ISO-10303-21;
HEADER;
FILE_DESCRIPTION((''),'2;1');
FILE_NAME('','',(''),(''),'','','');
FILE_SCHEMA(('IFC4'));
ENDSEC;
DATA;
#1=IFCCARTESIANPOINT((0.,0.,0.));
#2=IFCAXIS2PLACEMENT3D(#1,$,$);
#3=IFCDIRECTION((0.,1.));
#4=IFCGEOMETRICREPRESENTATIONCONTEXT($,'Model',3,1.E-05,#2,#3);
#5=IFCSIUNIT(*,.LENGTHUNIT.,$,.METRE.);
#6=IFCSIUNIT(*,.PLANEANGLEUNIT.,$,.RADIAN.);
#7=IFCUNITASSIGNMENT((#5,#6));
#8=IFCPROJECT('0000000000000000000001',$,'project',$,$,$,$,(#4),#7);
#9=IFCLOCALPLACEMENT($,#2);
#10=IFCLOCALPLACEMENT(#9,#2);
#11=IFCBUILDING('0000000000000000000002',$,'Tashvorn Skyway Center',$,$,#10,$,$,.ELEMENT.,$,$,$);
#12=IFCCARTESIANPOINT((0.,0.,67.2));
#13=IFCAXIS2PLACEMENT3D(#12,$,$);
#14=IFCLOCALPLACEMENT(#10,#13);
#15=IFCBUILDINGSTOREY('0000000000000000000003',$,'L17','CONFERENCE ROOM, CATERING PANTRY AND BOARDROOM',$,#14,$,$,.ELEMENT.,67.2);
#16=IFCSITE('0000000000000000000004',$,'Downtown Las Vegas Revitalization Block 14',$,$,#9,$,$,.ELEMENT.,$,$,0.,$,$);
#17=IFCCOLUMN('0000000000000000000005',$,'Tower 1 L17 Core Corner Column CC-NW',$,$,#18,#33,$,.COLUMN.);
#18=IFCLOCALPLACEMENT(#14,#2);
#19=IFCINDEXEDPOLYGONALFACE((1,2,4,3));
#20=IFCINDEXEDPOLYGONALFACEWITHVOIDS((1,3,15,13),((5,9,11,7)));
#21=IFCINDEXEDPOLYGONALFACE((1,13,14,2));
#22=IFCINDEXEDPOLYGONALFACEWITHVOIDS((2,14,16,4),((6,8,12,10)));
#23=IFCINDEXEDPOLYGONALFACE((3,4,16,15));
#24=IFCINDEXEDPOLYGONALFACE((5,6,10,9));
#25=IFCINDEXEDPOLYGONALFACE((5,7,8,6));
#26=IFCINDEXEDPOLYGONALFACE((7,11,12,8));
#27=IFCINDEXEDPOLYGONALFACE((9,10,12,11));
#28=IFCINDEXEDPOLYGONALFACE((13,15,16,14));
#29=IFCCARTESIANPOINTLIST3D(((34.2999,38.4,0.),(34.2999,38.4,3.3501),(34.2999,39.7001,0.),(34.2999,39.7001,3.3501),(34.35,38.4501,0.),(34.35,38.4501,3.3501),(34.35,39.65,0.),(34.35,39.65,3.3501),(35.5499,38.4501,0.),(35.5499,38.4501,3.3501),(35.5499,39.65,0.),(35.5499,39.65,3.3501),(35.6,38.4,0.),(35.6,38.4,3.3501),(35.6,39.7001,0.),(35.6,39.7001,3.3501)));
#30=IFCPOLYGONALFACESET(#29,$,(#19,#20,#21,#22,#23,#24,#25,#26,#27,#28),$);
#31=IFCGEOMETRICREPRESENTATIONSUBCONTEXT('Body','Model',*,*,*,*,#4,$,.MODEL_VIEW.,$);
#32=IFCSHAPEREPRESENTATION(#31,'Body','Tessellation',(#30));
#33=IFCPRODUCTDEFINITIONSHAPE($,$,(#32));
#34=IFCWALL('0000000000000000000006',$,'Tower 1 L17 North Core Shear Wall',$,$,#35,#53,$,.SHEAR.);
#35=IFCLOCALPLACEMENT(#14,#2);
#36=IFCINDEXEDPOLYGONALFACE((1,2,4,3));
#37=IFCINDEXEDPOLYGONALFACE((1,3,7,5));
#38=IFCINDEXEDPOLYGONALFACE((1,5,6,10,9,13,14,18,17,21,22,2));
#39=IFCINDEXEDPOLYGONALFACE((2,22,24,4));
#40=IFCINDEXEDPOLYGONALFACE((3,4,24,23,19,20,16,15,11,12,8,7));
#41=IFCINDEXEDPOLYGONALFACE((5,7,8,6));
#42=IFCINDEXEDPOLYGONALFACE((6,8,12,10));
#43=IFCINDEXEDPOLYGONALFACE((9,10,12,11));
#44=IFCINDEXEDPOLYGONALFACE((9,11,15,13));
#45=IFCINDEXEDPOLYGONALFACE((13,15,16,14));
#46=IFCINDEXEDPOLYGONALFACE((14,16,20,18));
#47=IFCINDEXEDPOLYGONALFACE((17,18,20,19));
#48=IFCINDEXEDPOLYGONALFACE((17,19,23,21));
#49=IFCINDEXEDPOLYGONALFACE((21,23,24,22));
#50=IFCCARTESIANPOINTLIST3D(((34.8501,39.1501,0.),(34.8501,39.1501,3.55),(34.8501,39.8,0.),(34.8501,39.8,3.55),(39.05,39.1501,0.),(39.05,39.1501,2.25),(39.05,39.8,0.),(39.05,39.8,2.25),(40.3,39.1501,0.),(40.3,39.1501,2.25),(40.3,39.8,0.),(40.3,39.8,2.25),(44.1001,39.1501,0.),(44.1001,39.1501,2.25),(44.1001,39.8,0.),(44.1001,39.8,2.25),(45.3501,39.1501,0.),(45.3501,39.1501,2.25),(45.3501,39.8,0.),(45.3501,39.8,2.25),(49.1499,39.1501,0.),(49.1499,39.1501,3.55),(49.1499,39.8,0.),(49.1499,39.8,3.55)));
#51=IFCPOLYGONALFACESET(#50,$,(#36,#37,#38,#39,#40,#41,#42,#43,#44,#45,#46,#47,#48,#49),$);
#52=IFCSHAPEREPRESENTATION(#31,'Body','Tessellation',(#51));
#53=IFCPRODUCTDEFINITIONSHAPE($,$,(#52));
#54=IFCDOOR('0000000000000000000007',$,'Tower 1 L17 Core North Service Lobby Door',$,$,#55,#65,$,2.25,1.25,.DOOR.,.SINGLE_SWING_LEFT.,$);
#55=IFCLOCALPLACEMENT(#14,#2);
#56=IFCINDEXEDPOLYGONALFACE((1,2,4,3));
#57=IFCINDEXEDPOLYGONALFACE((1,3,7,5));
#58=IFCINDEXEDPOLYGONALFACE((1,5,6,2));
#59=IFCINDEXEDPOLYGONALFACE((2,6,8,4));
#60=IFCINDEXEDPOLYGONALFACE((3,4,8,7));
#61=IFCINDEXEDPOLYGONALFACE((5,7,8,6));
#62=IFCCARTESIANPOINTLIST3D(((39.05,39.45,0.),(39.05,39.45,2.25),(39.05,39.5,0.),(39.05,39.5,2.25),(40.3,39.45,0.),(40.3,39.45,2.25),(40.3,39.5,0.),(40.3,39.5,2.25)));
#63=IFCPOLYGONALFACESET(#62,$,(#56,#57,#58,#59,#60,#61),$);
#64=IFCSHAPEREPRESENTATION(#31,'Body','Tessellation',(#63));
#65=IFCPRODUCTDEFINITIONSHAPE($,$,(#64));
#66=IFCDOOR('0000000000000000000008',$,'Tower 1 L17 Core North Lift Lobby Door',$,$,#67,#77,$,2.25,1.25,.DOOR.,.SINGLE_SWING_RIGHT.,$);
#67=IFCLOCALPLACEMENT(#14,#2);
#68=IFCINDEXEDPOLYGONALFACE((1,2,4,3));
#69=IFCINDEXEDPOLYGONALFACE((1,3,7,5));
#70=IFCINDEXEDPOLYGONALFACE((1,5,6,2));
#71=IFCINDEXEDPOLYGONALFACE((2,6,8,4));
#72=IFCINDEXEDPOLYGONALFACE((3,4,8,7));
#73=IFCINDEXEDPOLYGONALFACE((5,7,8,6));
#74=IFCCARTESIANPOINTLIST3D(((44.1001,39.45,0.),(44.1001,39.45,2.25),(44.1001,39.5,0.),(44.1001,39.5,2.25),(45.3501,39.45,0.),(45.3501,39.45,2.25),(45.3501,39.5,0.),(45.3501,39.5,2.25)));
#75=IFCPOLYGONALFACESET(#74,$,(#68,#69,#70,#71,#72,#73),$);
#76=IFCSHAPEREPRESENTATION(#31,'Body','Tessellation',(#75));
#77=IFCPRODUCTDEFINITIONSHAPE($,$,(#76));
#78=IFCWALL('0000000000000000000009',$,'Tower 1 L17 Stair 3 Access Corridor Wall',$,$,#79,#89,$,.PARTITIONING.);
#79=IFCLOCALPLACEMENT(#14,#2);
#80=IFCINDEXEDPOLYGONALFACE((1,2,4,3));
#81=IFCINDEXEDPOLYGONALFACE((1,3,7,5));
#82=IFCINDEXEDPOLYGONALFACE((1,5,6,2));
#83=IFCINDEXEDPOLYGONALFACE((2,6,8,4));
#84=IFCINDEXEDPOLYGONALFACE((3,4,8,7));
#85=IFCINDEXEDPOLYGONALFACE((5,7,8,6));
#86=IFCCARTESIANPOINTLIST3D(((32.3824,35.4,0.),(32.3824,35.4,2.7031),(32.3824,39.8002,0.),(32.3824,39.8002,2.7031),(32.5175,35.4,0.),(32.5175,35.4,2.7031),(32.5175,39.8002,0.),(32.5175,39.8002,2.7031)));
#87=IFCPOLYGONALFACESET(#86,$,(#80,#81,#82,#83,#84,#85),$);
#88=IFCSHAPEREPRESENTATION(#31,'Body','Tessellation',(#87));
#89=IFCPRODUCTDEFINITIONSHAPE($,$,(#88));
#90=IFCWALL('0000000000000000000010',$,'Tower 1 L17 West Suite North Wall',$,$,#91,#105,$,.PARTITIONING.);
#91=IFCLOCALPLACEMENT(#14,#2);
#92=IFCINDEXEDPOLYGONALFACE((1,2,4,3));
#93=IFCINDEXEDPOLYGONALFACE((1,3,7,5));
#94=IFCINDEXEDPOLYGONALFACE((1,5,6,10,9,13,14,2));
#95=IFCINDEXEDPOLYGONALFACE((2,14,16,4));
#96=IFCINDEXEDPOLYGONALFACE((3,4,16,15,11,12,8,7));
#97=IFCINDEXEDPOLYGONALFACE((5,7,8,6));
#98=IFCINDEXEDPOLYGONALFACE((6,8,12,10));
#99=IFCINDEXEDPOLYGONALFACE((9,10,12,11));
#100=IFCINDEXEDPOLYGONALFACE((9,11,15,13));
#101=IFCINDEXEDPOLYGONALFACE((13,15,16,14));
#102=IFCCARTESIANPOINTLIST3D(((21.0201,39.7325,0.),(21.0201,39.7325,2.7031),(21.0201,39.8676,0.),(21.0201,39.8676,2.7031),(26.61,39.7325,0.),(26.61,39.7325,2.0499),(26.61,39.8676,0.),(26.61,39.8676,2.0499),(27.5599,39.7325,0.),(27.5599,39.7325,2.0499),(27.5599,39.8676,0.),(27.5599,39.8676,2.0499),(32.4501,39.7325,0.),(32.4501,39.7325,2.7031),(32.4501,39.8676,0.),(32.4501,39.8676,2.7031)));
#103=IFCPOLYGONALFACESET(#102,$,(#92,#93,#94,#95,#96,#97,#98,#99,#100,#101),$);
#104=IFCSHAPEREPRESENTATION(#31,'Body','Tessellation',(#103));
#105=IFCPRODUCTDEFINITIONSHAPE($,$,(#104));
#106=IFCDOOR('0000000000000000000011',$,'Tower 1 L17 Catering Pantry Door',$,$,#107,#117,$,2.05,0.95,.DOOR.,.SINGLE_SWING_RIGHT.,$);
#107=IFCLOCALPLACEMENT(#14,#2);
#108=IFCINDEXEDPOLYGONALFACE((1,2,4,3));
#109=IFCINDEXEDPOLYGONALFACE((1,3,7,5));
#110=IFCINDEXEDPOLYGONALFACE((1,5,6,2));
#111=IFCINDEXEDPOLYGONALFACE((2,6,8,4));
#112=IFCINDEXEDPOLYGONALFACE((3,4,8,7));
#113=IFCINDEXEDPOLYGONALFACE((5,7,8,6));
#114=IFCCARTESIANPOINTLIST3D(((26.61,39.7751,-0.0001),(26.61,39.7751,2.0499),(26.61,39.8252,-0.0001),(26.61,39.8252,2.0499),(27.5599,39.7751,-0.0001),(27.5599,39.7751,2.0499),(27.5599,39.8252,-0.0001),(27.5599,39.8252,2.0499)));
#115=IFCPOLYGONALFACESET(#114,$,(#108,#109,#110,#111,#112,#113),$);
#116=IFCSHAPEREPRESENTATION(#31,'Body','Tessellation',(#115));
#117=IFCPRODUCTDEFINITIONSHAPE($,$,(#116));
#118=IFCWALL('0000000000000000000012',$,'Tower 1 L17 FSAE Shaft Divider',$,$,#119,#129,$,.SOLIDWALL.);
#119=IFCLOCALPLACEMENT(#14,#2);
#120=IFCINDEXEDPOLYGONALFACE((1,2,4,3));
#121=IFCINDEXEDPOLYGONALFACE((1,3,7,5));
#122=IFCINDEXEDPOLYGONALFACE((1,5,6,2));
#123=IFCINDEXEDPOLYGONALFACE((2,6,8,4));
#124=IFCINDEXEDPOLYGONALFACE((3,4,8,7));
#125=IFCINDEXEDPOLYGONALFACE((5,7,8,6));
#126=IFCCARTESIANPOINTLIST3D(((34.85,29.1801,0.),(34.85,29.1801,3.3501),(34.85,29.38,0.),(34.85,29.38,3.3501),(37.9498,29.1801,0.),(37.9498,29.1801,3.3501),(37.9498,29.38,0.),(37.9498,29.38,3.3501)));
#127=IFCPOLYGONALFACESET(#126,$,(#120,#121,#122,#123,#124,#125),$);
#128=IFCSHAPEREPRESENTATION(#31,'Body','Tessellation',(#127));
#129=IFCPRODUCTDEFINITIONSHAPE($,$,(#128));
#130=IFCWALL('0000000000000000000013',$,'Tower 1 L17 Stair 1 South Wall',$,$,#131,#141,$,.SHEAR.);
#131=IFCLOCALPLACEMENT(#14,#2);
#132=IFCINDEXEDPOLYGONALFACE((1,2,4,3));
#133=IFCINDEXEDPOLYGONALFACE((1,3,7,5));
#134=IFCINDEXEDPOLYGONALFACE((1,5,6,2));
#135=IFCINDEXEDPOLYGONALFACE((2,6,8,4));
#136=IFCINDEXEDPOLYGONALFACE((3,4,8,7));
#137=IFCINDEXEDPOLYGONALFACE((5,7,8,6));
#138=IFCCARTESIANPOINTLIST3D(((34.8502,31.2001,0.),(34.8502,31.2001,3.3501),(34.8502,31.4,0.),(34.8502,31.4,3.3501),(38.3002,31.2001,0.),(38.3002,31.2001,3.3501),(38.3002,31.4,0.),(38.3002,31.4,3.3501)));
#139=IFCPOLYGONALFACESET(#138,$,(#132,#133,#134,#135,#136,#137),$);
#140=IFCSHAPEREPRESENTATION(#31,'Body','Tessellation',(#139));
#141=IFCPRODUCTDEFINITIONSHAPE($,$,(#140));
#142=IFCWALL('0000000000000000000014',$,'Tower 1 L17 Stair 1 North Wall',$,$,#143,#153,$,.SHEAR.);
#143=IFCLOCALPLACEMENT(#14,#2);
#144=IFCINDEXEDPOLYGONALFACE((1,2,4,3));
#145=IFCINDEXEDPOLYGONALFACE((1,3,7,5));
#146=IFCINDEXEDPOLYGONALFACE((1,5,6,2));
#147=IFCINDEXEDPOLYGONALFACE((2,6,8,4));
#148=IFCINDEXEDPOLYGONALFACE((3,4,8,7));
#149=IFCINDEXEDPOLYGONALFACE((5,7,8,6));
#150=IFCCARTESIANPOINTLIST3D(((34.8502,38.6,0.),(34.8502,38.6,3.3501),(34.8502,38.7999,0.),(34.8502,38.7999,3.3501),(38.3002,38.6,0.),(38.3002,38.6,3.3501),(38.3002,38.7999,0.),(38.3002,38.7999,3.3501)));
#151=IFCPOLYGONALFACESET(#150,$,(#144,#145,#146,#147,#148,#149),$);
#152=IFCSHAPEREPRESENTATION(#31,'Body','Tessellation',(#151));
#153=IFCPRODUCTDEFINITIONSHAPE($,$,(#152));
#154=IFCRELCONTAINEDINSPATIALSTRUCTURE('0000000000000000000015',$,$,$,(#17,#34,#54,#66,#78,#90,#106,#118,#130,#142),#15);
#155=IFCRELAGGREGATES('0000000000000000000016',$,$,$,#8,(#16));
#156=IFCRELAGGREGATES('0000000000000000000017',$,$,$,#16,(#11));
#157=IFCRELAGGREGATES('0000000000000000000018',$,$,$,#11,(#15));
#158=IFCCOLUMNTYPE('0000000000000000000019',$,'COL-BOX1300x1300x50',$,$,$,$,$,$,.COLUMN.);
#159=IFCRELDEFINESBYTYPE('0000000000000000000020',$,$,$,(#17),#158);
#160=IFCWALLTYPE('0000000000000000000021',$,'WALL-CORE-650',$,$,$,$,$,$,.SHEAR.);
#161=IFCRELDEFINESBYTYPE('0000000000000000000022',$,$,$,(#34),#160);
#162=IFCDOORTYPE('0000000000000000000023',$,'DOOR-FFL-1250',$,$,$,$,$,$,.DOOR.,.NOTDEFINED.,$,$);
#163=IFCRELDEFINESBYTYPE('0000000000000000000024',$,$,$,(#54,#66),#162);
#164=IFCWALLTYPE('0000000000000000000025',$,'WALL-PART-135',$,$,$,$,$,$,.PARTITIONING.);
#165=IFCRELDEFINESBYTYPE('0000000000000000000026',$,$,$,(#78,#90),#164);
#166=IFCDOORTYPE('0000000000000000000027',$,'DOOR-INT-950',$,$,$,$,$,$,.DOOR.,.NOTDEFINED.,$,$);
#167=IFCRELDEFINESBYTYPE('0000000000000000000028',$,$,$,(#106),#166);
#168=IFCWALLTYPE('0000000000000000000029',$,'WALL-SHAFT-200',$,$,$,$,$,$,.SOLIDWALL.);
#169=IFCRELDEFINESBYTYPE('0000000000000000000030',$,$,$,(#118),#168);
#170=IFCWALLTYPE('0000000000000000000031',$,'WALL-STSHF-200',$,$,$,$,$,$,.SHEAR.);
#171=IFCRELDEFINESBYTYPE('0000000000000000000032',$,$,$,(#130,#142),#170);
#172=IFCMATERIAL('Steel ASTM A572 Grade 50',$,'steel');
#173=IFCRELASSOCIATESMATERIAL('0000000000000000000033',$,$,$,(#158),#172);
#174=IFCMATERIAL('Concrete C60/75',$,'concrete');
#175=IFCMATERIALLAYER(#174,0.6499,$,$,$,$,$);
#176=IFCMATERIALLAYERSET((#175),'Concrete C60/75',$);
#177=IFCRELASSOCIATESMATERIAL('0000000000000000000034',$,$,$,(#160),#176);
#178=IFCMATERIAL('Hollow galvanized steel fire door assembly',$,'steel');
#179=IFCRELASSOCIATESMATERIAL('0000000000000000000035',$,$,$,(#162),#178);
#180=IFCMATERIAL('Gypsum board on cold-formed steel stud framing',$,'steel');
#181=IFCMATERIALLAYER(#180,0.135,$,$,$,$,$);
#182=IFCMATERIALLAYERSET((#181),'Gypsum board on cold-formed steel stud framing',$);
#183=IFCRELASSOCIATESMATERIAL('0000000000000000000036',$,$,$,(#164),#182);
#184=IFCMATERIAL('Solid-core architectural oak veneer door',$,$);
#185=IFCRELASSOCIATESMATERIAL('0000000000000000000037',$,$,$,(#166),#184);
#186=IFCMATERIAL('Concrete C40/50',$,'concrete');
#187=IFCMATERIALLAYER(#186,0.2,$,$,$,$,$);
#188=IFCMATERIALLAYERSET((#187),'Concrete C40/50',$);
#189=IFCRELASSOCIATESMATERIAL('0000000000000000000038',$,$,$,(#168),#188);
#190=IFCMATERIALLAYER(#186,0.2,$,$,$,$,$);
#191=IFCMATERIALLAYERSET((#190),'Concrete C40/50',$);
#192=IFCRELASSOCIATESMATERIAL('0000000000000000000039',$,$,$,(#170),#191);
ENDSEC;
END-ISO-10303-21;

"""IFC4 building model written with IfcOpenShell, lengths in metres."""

from ifc_helpers import new_model, si_unit, direction, frame, frame_2d, origin, origin_2d, place, context, subcontext, project, spatial, rectangle, hollow_rectangle, extrude, material, layer, layer_set, material_profile, profile_set, type_object, element, fill, save


model = new_model("IFC4")

# Units and contexts
model_context = context("Model", 3, precision=1e-05, world=origin(), true_north=direction((0.0, 1.0)))
body_context = subcontext(model_context, "Body", "Model", "MODEL_VIEW")
ifc_project = project(units=[si_unit("LENGTHUNIT", "METRE"), si_unit("PLANEANGLEUNIT", "RADIAN")], contexts=[model_context])

# Site, building, storey
site_placement = place(None, origin())
site = spatial("IfcSite", under=ifc_project, at=site_placement, Name="Downtown Las Vegas Revitalization Block 14", CompositionType="ELEMENT", RefElevation=0.0)
building_placement = place(site_placement, origin())
building = spatial("IfcBuilding", under=site, at=building_placement, Name="Tashvorn Skyway Center", CompositionType="ELEMENT")
storey_placement = place(building_placement, frame((0.0, 0.0, 67.2)))
storey = spatial("IfcBuildingStorey", under=building, at=storey_placement, Name="L17", Description="CONFERENCE ROOM, CATERING PANTRY AND BOARDROOM", CompositionType="ELEMENT", Elevation=67.2)

# Column
ifc_material_1 = material(Name="Steel ASTM A572 Grade 50", Category="steel")
ifc_material_profile = material_profile(ifc_material_1, hollow_rectangle(XDim=1.3, YDim=1.3, WallThickness=0.05, at=origin_2d()), Name="BOX1300x1300x50")
ifc_profile_set = profile_set([ifc_material_profile], Name="Steel ASTM A572 Grade 50")
column_type = type_object("IfcColumnType", Name="COL-BOX1300x1300x50", PredefinedType="COLUMN", material=ifc_profile_set)
column_placement = place(storey_placement, frame((34.95, 39.05, 0.0), z_axis=(0.0, 0.0, 1.0), x_axis=(1.0, 0.0, 0.0)))
element("IfcColumn", 1, at=column_placement, inside=storey, type_object=column_type, Name="Tower 1 L17 Core Corner Column CC-NW", PredefinedType="COLUMN", context=body_context, shape_type="SweptSolid", body=[
    extrude(hollow_rectangle(XDim=1.3, YDim=1.3, WallThickness=0.05, at=origin_2d()), origin(), (0.0, 0.0, 1.0), 3.3501),
])

# Wall, openings, doors
ifc_material_2 = material(Name="Concrete C60/75", Category="concrete")
ifc_layer_1 = layer(ifc_material_2, 0.6499)
ifc_layer_set_1 = layer_set([ifc_layer_1], Name="Concrete C60/75")
wall_type_1 = type_object("IfcWallType", Name="WALL-CORE-650", PredefinedType="SHEAR", material=ifc_layer_set_1)
wall_1_placement = place(storey_placement, frame((34.8501, 39.4751, 0.0), z_axis=(0.0, 0.0, 1.0), x_axis=(1.0, 0.0, 0.0)))
wall_1 = element("IfcWall", 2, at=wall_1_placement, inside=storey, type_object=wall_type_1, Name="Tower 1 L17 North Core Shear Wall", PredefinedType="SHEAR", context=body_context, shape_type="SweptSolid", body=[
    extrude(rectangle(XDim=14.2998, YDim=0.6499, at=frame_2d((7.1499, 0.0))), origin(), (0.0, 0.0, 1.0), 3.55),
])
opening_1_placement = place(wall_1_placement, frame((4.2, 0.0, 0.0)))
opening_1 = element("IfcOpeningElement", 3, at=opening_1_placement, cuts=wall_1, PredefinedType="OPENING", context=body_context, shape_type="SweptSolid", body=[
    extrude(rectangle(XDim=1.25, YDim=2.25, at=frame_2d((0.625, 1.125))), frame((0.0, 0.335, 0.0), z_axis=(0.0, -1.0, 0.0), x_axis=(1.0, 0.0, 0.0)), (0.0, 0.0, 1.0), 0.6699),
])
opening_2_placement = place(wall_1_placement, frame((9.25, 0.0, 0.0)))
opening_2 = element("IfcOpeningElement", 4, at=opening_2_placement, cuts=wall_1, PredefinedType="OPENING", context=body_context, shape_type="SweptSolid", body=[
    extrude(rectangle(XDim=1.25, YDim=2.25, at=frame_2d((0.625, 1.125))), frame((0.0, 0.335, 0.0), z_axis=(0.0, -1.0, 0.0), x_axis=(1.0, 0.0, 0.0)), (0.0, 0.0, 1.0), 0.6699),
])
ifc_material_3 = material(Name="Hollow galvanized steel fire door assembly", Category="steel")
door_type_1 = type_object("IfcDoorType", Name="DOOR-FFL-1250", OperationType="NOTDEFINED", PredefinedType="DOOR", material=ifc_material_3)
door_1_placement = place(opening_1_placement, origin())
door_1 = element("IfcDoor", 5, at=door_1_placement, inside=storey, type_object=door_type_1, Name="Tower 1 L17 Core North Service Lobby Door", OperationType="SINGLE_SWING_LEFT", OverallHeight=2.25, OverallWidth=1.25, PredefinedType="DOOR", context=body_context, shape_type="SweptSolid", body=[
    extrude(rectangle(XDim=1.25, YDim=2.25, at=frame_2d((0.625, 1.125))), frame((0.0, 0.0249, 0.0), z_axis=(0.0, -1.0, 0.0), x_axis=(1.0, 0.0, 0.0)), (0.0, 0.0, 1.0), 0.05),
])
fill(opening_1, door_1)
door_2_placement = place(opening_2_placement, origin())
door_2 = element("IfcDoor", 6, at=door_2_placement, inside=storey, type_object=door_type_1, Name="Tower 1 L17 Core North Lift Lobby Door", OperationType="SINGLE_SWING_RIGHT", OverallHeight=2.25, OverallWidth=1.25, PredefinedType="DOOR", context=body_context, shape_type="SweptSolid", body=[
    extrude(rectangle(XDim=1.25, YDim=2.25, at=frame_2d((0.625, 1.125))), frame((0.0, 0.0249, 0.0), z_axis=(0.0, -1.0, 0.0), x_axis=(1.0, 0.0, 0.0)), (0.0, 0.0, 1.0), 0.05),
])
fill(opening_2, door_2)

# Wall
ifc_material_4 = material(Name="Gypsum board on cold-formed steel stud framing", Category="steel")
ifc_layer_2 = layer(ifc_material_4, 0.135)
ifc_layer_set_2 = layer_set([ifc_layer_2], Name="Gypsum board on cold-formed steel stud framing")
wall_type_2 = type_object("IfcWallType", Name="WALL-PART-135", PredefinedType="PARTITIONING", material=ifc_layer_set_2)
wall_2_placement = place(storey_placement, frame((32.45, 35.3999, 0.0), z_axis=(0.0, 0.0, 1.0), x_axis=(0.0, 1.0, 0.0)))
element("IfcWall", 7, at=wall_2_placement, inside=storey, type_object=wall_type_2, Name="Tower 1 L17 Stair 3 Access Corridor Wall", PredefinedType="PARTITIONING", context=body_context, shape_type="SweptSolid", body=[
    extrude(rectangle(XDim=4.4001, YDim=0.135, at=frame_2d((2.2002, 0.0))), origin(), (0.0, 0.0, 1.0), 2.7031),
])

# Wall, opening, door
wall_3_placement = place(storey_placement, frame((32.45, 39.8, 0.0), z_axis=(0.0, 0.0, 1.0), x_axis=(-1.0, 0.0, 0.0)))
wall_3 = element("IfcWall", 8, at=wall_3_placement, inside=storey, type_object=wall_type_2, Name="Tower 1 L17 West Suite North Wall", PredefinedType="PARTITIONING", context=body_context, shape_type="SweptSolid", body=[
    extrude(rectangle(XDim=11.4299, YDim=0.135, at=frame_2d((5.7148, 0.0))), origin(), (0.0, 0.0, 1.0), 2.7031),
])
opening_3_placement = place(wall_3_placement, frame((4.8899, 0.0, 0.0)))
opening_3 = element("IfcOpeningElement", 9, at=opening_3_placement, cuts=wall_3, PredefinedType="OPENING", context=body_context, shape_type="SweptSolid", body=[
    extrude(rectangle(XDim=0.95, YDim=2.05, at=frame_2d((0.4751, 1.0249))), frame((0.0, 0.0774, 0.0), z_axis=(0.0, -1.0, 0.0), x_axis=(1.0, 0.0, 0.0)), (0.0, 0.0, 1.0), 0.155),
])
ifc_material_5 = material(Name="Solid-core architectural oak veneer door")
door_type_2 = type_object("IfcDoorType", Name="DOOR-INT-950", OperationType="NOTDEFINED", PredefinedType="DOOR", material=ifc_material_5)
door_3_placement = place(opening_3_placement, origin())
door_3 = element("IfcDoor", 10, at=door_3_placement, inside=storey, type_object=door_type_2, Name="Tower 1 L17 Catering Pantry Door", OperationType="SINGLE_SWING_RIGHT", OverallHeight=2.05, OverallWidth=0.95, PredefinedType="DOOR", context=body_context, shape_type="SweptSolid", body=[
    extrude(rectangle(XDim=0.95, YDim=2.05, at=frame_2d((0.4751, 1.0249))), frame((0.0, 0.0249, 0.0), z_axis=(0.0, -1.0, 0.0), x_axis=(1.0, 0.0, 0.0)), (0.0, 0.0, 1.0), 0.05),
])
fill(opening_3, door_3)

# Walls
ifc_material_6 = material(Name="Concrete C40/50", Category="concrete")
ifc_layer_3 = layer(ifc_material_6, 0.2)
ifc_layer_set_3 = layer_set([ifc_layer_3], Name="Concrete C40/50")
wall_type_3 = type_object("IfcWallType", Name="WALL-SHAFT-200", PredefinedType="SOLIDWALL", material=ifc_layer_set_3)
wall_4_placement = place(storey_placement, frame((34.8501, 29.28, 0.0), z_axis=(0.0, 0.0, 1.0), x_axis=(1.0, 0.0, 0.0)))
element("IfcWall", 11, at=wall_4_placement, inside=storey, type_object=wall_type_3, Name="Tower 1 L17 FSAE Shaft Divider", PredefinedType="SOLIDWALL", context=body_context, shape_type="SweptSolid", body=[
    extrude(rectangle(XDim=3.0999, YDim=0.2, at=frame_2d((1.5498, 0.0))), origin(), (0.0, 0.0, 1.0), 3.3501),
])
ifc_layer_4 = layer(ifc_material_6, 0.2)
ifc_layer_set_4 = layer_set([ifc_layer_4], Name="Concrete C40/50")
wall_type_4 = type_object("IfcWallType", Name="WALL-STSHF-200", PredefinedType="SHEAR", material=ifc_layer_set_4)
for number, where, z_axis, x_axis, name in (
    (12, (34.8501, 31.3, 0.0), (0.0, 0.0, 1.0), (1.0, 0.0, 0.0), "Tower 1 L17 Stair 1 South Wall"),
    (13, (34.8501, 38.7, 0.0), (0.0, 0.0, 1.0), (1.0, 0.0, 0.0), "Tower 1 L17 Stair 1 North Wall"),
):
    element("IfcWall", number, at=place(storey_placement, frame(where, z_axis=z_axis, x_axis=x_axis)), inside=storey, type_object=wall_type_4, Name=name, PredefinedType="SHEAR", context=body_context, shape_type="SweptSolid", body=[
        extrude(rectangle(XDim=3.45, YDim=0.2, at=frame_2d((1.7251, 0.0))), origin(), (0.0, 0.0, 1.0), 3.3501),
    ])

save(model, "model.ifc")
